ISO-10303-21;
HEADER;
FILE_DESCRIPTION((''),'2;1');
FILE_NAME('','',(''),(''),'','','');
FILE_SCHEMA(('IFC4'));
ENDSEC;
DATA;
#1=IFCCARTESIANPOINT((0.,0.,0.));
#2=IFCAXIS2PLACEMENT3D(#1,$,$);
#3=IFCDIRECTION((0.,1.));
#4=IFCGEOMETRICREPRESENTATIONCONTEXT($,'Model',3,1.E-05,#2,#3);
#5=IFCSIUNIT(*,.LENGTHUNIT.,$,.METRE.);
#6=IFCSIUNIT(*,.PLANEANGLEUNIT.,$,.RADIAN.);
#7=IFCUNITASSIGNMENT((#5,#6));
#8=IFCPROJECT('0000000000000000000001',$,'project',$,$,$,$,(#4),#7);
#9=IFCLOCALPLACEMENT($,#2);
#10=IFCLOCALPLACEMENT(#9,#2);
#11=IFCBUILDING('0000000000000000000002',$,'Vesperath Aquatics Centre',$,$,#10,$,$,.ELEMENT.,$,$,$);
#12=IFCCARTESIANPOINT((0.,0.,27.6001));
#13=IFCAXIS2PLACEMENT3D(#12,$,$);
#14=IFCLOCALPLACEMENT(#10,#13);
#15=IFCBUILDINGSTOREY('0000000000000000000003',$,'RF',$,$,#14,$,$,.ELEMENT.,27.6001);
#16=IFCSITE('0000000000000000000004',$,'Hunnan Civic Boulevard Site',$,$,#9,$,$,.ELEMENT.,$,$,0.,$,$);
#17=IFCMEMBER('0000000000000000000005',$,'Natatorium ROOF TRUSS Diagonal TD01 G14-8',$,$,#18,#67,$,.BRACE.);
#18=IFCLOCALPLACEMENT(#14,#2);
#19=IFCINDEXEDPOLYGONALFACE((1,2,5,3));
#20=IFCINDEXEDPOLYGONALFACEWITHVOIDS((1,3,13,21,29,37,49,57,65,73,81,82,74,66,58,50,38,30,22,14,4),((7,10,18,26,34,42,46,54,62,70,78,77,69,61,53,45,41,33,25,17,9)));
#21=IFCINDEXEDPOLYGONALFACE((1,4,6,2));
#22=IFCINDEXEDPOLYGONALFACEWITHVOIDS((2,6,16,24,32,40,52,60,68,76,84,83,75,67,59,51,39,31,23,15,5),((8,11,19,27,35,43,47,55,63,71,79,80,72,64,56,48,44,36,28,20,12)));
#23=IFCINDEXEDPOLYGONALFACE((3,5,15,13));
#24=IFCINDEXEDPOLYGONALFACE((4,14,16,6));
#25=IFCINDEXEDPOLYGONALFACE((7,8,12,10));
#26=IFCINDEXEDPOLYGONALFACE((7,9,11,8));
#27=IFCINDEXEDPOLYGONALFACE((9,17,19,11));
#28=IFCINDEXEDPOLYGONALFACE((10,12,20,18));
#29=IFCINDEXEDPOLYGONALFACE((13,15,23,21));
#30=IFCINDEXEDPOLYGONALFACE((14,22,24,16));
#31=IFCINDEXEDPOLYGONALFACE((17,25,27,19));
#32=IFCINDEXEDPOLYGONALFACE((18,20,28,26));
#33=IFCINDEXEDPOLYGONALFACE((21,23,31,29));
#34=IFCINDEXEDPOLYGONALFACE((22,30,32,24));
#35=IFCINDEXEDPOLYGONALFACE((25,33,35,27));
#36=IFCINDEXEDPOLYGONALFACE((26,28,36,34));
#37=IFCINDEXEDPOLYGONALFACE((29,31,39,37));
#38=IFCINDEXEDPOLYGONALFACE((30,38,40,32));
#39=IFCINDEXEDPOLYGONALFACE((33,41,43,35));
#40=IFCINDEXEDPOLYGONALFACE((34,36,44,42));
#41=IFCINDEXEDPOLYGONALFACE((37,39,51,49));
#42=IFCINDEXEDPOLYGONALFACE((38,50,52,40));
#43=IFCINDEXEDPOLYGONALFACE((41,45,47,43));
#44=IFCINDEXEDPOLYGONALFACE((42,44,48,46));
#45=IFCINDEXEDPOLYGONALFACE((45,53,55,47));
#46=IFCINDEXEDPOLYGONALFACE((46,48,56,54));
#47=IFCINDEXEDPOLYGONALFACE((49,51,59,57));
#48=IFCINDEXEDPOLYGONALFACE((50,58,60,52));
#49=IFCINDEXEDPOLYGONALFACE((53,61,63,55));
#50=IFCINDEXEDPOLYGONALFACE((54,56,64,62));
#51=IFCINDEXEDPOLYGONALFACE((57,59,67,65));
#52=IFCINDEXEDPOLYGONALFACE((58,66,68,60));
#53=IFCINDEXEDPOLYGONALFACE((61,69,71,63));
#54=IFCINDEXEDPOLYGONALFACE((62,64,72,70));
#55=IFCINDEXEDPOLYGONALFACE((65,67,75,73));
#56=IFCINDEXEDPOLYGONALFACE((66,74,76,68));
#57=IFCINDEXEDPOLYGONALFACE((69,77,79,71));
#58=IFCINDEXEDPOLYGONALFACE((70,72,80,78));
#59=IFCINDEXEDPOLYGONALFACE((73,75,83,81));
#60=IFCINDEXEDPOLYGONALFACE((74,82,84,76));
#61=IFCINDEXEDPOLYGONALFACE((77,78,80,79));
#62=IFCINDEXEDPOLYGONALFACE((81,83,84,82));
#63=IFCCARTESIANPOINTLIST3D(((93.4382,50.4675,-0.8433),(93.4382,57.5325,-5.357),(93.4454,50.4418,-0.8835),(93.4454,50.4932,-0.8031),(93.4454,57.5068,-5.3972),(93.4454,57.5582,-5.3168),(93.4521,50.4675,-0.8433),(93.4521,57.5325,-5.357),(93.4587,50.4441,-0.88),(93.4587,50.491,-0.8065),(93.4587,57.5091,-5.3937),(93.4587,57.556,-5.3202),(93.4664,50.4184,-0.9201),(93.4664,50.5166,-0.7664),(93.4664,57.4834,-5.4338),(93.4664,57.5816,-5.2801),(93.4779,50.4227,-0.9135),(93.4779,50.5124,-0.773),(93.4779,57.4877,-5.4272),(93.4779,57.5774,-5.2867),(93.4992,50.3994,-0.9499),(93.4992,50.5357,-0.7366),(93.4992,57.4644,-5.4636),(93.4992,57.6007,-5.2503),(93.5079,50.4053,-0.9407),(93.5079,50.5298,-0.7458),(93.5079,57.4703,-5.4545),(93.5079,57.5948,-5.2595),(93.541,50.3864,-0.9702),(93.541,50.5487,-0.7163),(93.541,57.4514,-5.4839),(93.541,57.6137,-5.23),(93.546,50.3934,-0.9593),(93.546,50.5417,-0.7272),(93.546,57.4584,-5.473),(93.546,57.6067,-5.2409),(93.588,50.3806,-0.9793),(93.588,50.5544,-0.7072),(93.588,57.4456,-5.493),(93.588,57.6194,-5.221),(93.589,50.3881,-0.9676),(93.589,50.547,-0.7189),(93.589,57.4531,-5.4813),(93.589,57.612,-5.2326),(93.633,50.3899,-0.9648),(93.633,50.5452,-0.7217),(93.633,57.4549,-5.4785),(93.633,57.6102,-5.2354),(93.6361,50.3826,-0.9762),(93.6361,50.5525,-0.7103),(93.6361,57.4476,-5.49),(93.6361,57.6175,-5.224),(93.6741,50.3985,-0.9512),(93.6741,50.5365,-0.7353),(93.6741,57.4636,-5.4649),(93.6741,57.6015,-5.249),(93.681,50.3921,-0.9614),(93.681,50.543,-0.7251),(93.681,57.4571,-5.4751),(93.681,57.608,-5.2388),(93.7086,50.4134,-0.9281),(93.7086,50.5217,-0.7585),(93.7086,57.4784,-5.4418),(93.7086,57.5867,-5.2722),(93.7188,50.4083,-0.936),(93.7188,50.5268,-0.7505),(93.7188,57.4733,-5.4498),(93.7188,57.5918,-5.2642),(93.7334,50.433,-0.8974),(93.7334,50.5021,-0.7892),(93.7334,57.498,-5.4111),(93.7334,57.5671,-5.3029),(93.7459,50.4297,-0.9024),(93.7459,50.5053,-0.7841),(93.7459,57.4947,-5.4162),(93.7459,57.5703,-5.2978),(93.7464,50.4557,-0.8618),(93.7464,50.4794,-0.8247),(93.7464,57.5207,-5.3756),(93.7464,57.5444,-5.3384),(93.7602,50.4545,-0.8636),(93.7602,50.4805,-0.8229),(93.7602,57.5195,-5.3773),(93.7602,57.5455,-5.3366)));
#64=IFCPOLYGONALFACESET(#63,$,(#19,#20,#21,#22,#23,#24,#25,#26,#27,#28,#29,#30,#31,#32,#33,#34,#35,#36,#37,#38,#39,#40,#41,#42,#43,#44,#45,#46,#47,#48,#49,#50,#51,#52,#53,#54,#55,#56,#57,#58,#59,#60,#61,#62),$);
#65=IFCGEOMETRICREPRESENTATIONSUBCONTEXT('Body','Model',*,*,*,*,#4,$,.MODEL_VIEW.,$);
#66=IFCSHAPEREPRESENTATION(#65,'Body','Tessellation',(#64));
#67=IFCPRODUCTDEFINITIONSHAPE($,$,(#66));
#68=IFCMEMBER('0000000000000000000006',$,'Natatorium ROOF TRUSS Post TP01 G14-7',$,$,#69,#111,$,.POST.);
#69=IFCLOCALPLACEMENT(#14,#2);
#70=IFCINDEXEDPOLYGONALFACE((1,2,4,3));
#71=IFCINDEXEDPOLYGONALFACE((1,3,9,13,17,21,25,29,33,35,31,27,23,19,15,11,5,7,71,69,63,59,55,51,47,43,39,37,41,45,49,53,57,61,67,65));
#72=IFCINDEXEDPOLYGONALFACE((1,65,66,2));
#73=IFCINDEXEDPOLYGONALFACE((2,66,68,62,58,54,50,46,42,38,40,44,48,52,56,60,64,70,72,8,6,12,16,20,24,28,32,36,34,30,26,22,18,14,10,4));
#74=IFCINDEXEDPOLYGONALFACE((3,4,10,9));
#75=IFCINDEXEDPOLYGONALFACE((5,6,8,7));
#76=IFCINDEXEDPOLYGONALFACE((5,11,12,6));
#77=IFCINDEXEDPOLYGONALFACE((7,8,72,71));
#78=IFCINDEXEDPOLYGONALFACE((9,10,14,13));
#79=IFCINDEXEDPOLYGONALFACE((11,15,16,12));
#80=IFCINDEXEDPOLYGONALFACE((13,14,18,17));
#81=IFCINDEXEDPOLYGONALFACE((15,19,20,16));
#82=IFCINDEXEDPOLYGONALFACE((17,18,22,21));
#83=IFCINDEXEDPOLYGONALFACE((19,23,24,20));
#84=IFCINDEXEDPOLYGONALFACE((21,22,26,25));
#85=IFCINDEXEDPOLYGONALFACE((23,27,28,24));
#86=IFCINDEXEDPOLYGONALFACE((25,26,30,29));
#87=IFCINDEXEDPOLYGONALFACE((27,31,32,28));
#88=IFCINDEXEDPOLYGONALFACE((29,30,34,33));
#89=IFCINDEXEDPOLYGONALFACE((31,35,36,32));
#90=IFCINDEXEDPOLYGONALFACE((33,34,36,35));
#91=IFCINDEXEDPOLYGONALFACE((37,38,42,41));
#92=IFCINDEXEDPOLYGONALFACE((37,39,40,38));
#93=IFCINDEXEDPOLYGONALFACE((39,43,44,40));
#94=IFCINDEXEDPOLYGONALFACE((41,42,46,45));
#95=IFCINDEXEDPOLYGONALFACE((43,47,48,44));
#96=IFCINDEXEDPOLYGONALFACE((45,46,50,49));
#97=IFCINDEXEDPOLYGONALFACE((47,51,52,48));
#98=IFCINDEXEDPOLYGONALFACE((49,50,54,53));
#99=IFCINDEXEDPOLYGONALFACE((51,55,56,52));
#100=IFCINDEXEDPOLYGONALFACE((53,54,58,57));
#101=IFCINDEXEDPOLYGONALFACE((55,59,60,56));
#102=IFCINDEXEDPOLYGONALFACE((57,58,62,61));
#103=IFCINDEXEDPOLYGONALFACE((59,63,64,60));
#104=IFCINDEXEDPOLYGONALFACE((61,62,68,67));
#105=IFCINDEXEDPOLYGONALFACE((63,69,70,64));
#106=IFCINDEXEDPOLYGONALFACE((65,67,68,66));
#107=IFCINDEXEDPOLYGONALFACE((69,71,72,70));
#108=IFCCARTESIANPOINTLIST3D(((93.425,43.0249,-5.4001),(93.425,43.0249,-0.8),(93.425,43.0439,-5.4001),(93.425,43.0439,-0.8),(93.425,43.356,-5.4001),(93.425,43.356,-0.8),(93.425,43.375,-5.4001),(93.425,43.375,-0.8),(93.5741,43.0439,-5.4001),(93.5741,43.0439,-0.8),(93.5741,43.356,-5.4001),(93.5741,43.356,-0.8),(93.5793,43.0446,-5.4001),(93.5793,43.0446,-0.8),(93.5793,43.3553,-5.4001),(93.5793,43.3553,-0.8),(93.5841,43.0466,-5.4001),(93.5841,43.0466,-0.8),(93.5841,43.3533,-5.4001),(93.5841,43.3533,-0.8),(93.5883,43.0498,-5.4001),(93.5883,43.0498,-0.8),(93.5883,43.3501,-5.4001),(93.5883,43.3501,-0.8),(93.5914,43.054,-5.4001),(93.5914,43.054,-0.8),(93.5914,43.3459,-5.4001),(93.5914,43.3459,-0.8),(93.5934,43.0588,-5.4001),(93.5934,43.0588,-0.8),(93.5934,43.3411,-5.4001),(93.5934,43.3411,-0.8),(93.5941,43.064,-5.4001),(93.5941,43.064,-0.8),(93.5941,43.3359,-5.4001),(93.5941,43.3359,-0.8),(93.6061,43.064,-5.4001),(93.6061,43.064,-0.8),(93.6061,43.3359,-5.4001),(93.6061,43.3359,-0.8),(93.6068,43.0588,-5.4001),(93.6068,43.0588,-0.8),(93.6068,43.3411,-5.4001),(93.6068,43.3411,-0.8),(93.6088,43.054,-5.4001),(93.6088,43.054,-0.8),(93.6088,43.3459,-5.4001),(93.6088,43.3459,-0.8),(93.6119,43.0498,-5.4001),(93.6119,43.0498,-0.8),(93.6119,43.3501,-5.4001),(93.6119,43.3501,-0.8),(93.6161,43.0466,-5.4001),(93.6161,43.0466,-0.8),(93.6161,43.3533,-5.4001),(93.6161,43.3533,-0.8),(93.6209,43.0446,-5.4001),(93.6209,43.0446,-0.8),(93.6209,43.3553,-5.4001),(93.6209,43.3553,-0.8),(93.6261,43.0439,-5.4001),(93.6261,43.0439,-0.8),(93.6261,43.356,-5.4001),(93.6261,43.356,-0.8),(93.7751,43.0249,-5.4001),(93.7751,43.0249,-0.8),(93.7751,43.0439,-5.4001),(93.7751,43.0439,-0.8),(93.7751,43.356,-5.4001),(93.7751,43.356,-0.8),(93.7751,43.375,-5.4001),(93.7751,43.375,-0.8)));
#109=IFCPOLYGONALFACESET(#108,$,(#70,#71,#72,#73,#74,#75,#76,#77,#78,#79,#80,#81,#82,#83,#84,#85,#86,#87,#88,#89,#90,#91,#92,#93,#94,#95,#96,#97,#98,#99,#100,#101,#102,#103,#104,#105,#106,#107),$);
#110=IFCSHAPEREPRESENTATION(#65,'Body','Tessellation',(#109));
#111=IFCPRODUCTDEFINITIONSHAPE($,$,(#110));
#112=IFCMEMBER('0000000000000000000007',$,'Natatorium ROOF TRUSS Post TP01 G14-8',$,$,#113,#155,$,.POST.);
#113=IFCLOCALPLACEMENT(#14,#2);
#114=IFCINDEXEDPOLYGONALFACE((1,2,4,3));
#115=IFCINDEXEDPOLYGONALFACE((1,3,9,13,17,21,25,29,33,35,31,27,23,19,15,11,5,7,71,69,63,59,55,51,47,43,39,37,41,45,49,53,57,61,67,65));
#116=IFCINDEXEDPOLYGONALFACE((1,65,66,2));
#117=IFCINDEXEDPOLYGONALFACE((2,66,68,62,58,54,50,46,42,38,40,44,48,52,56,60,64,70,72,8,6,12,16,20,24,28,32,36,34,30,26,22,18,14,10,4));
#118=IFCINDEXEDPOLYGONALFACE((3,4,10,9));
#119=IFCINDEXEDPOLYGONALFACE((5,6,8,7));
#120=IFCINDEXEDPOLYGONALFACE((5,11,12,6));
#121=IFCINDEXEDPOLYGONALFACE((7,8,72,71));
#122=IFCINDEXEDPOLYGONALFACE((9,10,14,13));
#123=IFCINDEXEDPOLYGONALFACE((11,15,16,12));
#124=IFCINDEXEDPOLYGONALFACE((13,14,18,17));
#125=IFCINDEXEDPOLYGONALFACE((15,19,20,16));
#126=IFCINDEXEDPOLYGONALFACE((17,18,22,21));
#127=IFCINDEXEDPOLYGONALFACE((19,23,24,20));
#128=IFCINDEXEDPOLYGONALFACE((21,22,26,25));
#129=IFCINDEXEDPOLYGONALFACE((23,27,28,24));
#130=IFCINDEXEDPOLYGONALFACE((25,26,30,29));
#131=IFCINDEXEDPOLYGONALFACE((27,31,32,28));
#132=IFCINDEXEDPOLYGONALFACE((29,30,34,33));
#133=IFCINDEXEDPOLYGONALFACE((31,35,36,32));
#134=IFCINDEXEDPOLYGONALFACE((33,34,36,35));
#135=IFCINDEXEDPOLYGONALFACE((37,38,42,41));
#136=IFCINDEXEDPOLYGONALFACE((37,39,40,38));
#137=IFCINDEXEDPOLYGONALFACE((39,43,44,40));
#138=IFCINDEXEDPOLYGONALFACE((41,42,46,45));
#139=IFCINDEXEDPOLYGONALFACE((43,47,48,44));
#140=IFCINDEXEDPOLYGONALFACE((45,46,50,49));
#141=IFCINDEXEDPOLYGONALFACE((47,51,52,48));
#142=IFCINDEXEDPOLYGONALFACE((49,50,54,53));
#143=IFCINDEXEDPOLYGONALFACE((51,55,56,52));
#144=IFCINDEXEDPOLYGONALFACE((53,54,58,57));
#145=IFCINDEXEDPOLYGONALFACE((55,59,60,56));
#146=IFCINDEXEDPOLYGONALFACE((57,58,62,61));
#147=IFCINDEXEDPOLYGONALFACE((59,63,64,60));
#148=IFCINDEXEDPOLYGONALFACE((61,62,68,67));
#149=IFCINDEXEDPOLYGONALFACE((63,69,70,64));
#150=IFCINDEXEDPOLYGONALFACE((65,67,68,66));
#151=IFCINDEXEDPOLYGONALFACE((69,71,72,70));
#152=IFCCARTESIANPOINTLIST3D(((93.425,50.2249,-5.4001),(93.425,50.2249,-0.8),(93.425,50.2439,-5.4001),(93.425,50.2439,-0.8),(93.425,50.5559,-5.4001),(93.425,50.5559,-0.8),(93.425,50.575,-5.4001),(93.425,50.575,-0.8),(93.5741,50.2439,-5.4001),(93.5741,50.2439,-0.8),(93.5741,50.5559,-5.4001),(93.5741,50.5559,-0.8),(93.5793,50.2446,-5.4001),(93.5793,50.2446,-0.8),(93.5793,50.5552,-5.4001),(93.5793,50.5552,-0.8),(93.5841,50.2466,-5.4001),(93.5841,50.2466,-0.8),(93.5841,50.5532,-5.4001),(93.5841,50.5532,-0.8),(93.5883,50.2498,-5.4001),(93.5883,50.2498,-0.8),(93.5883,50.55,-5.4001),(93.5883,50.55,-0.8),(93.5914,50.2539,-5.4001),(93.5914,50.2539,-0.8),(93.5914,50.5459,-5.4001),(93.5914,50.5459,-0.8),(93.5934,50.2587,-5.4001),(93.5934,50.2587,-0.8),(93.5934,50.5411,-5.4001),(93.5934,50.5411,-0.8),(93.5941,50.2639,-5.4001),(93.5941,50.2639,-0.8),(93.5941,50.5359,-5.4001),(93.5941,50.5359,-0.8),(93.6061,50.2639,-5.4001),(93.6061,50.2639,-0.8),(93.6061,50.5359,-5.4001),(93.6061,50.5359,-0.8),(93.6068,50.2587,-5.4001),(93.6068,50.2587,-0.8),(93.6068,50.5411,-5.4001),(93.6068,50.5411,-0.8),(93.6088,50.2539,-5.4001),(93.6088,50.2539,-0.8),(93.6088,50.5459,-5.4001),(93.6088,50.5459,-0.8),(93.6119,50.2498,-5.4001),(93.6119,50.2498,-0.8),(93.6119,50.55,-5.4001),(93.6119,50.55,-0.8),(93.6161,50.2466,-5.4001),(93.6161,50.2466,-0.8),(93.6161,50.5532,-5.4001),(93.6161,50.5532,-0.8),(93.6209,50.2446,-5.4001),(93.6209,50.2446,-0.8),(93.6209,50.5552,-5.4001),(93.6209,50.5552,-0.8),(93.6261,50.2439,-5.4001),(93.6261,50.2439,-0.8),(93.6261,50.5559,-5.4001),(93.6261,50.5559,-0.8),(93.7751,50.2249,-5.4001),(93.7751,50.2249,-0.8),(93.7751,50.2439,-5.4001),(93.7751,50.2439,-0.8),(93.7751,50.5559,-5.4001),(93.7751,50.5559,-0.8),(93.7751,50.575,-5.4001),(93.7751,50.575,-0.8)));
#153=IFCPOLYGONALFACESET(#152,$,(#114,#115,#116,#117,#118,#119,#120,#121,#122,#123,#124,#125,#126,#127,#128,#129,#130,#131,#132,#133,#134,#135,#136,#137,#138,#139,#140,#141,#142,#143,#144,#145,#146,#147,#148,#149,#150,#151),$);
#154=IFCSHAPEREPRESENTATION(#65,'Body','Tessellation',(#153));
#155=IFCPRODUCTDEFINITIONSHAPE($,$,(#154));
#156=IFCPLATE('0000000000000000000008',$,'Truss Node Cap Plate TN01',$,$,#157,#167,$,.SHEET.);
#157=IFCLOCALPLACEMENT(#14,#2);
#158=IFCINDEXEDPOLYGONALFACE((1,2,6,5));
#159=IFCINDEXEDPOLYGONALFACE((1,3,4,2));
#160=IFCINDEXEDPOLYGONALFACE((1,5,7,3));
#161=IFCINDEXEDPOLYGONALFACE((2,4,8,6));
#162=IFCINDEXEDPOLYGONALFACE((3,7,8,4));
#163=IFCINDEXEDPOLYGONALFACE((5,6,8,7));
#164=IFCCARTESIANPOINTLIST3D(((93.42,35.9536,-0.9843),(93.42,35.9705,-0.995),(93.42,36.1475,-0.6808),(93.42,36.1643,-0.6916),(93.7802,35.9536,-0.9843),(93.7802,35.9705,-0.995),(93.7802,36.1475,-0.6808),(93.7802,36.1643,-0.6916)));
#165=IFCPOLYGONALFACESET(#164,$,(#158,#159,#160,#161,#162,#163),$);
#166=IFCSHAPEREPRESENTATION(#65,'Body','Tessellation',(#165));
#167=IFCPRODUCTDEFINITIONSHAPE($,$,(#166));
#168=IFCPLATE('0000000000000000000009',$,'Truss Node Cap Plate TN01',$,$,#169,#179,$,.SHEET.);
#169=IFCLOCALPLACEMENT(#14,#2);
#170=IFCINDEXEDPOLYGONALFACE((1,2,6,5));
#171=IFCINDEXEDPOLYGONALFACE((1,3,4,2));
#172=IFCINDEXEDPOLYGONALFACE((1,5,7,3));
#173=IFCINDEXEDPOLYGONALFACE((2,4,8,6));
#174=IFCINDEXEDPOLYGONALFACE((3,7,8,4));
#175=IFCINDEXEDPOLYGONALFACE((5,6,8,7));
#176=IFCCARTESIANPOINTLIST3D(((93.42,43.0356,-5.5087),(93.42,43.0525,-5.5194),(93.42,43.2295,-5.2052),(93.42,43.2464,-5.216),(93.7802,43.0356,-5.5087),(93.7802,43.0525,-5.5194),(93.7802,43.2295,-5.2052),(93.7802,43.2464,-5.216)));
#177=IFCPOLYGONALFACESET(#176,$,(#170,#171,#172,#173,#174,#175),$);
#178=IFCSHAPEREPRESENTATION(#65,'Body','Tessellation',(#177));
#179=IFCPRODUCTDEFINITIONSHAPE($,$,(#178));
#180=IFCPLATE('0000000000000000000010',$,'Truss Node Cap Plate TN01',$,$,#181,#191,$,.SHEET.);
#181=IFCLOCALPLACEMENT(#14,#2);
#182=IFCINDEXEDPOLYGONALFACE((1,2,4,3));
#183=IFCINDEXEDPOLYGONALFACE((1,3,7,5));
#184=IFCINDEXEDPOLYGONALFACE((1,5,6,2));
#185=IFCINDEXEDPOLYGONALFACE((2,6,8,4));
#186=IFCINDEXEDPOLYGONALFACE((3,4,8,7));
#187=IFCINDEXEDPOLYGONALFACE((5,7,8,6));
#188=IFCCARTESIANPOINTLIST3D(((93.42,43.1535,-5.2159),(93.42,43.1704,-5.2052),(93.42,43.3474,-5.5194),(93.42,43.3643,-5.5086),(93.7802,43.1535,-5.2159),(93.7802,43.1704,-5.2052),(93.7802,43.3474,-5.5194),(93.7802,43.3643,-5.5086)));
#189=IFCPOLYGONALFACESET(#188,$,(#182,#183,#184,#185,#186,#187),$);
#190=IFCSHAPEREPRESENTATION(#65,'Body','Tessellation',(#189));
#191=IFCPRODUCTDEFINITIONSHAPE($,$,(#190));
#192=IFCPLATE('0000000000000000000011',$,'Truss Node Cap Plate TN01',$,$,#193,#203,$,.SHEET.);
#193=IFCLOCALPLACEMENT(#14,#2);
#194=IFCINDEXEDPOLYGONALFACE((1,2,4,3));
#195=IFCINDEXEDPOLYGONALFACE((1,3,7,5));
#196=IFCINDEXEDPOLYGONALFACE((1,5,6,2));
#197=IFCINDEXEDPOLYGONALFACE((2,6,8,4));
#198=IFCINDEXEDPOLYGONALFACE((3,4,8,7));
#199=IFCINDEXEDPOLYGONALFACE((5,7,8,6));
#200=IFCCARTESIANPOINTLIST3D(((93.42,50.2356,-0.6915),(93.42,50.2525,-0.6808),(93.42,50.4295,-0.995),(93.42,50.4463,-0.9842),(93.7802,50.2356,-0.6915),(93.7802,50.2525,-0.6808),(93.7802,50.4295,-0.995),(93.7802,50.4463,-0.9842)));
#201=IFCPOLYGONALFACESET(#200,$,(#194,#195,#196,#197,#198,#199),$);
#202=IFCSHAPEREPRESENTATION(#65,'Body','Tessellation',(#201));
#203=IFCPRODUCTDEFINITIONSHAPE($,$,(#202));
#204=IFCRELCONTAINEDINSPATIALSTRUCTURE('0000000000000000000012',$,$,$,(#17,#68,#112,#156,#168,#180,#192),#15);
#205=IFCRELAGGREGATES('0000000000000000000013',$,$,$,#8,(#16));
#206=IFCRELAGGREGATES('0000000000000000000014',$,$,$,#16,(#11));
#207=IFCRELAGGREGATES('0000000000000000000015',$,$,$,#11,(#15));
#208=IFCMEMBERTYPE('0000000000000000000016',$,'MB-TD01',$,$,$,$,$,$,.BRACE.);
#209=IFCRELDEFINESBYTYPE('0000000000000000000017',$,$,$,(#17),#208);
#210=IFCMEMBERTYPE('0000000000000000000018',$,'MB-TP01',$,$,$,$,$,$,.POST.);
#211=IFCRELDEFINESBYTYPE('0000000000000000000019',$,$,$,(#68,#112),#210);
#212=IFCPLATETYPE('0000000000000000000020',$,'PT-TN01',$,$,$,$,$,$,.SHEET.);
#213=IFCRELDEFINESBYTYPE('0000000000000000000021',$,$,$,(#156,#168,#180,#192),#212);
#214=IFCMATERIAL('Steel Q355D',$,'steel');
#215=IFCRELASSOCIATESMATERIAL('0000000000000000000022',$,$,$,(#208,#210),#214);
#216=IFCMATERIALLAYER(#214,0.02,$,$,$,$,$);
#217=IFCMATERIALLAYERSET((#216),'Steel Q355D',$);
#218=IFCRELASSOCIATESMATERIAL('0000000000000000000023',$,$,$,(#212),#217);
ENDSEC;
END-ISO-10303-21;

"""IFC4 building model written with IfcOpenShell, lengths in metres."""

from ifc_helpers import new_model, si_unit, direction, frame, origin, origin_2d, place, context, subcontext, project, spatial, rectangle, hollow_circle, i_section, extrude, material, layer, layer_set, material_profile, profile_set, type_object, element, save


model = new_model("IFC4")

# Units and contexts
model_context = context("Model", 3, precision=1e-05, world=origin(), true_north=direction((0.0, 1.0)))
body_context = subcontext(model_context, "Body", "Model", "MODEL_VIEW")
ifc_project = project(units=[si_unit("LENGTHUNIT", "METRE"), si_unit("PLANEANGLEUNIT", "RADIAN")], contexts=[model_context])

# Site, building, storey
site_placement = place(None, origin())
site = spatial("IfcSite", under=ifc_project, at=site_placement, Name="Hunnan Civic Boulevard Site", CompositionType="ELEMENT", RefElevation=0.0)
building_placement = place(site_placement, origin())
building = spatial("IfcBuilding", under=site, at=building_placement, Name="Vesperath Aquatics Centre", CompositionType="ELEMENT")
storey_placement = place(building_placement, frame((0.0, 0.0, 27.6001)))
storey = spatial("IfcBuildingStorey", under=building, at=storey_placement, Name="RF", CompositionType="ELEMENT", Elevation=27.6001)

# Members
ifc_material_1 = material(Name="Steel Q355D", Category="steel")
ifc_material_profile_1 = material_profile(ifc_material_1, hollow_circle(Radius=0.1619, WallThickness=0.0139, at=origin_2d()), Name="CHS 323.9x14")
ifc_profile_set_1 = profile_set([ifc_material_profile_1], Name="Steel Q355D")
member_type_1 = type_object("IfcMemberType", Name="MB-TD01", PredefinedType="BRACE", material=ifc_profile_set_1)
member_1_placement = place(storey_placement, frame((93.6001, 50.4675, -0.8433), z_axis=(0.0, 0.842698, -0.538386), x_axis=(-1.0, 0.0, 0.0)))
element("IfcMember", 1, at=member_1_placement, inside=storey, type_object=member_type_1, Name="Natatorium ROOF TRUSS Diagonal TD01 G14-8", PredefinedType="BRACE", context=body_context, shape_type="SweptSolid", body=[
    extrude(hollow_circle(Radius=0.1619, WallThickness=0.0139, at=origin_2d()), origin(), (0.0, 0.0, 1.0), 8.3838),
])
ifc_material_profile_2 = material_profile(ifc_material_1, i_section(OverallWidth=0.3501, OverallDepth=0.3501, WebThickness=0.012, FlangeThickness=0.019, FilletRadius=0.02, at=origin_2d()), Name="HW 350x350x12x19")
ifc_profile_set_2 = profile_set([ifc_material_profile_2], Name="Steel Q355D")
member_type_2 = type_object("IfcMemberType", Name="MB-TP01", PredefinedType="POST", material=ifc_profile_set_2)
for number, where, z_axis, x_axis, name in (
    (2, (93.6001, 43.2, -5.4001), (0.0, 0.0, 1.0), (1.0, 0.0, 0.0), "Natatorium ROOF TRUSS Post TP01 G14-7"),
    (3, (93.6001, 50.3999, -5.4001), (0.0, 0.0, 1.0), (1.0, 0.0, 0.0), "Natatorium ROOF TRUSS Post TP01 G14-8"),
):
    element("IfcMember", number, at=place(storey_placement, frame(where, z_axis=z_axis, x_axis=x_axis)), inside=storey, type_object=member_type_2, Name=name, PredefinedType="POST", context=body_context, shape_type="SweptSolid", body=[
        extrude(i_section(OverallWidth=0.3501, OverallDepth=0.3501, WebThickness=0.012, FlangeThickness=0.019, FilletRadius=0.02, at=origin_2d()), origin(), (0.0, 0.0, 1.0), 4.6001),
    ])

# Plates
ifc_layer_1 = layer(ifc_material_1, 0.02)
ifc_layer_set_1 = layer_set([ifc_layer_1], Name="Steel Q355D")
plate_type_1 = type_object("IfcPlateType", Name="PT-TN01", PredefinedType="SHEET", material=ifc_layer_set_1)
for number, where, z_axis, x_axis, name in (
    (4, (93.6001, 36.0505, -0.8325), (0.0, 0.842696, -0.538389), (-1.0, 0.0, 0.0), "Truss Node Cap Plate TN01"),
    (5, (93.6001, 43.1326, -5.3569), (0.0, 0.842696, -0.538389), (-1.0, 0.0, 0.0), "Truss Node Cap Plate TN01"),
    (6, (93.6001, 43.2505, -5.3677), (0.0, 0.842696, 0.538389), (-1.0, 0.0, 0.0), "Truss Node Cap Plate TN01"),
    (7, (93.6001, 50.3325, -0.8433), (0.0, 0.842696, 0.538389), (-1.0, 0.0, 0.0), "Truss Node Cap Plate TN01"),
):
    element("IfcPlate", number, at=place(storey_placement, frame(where, z_axis=z_axis, x_axis=x_axis)), inside=storey, type_object=plate_type_1, Name=name, PredefinedType="SHEET", context=body_context, shape_type="SweptSolid", body=[
        extrude(rectangle(XDim=0.3601, YDim=0.3601, at=origin_2d()), origin(), (0.0, 0.0, 1.0), 0.02),
    ])

save(model, "model.ifc")
